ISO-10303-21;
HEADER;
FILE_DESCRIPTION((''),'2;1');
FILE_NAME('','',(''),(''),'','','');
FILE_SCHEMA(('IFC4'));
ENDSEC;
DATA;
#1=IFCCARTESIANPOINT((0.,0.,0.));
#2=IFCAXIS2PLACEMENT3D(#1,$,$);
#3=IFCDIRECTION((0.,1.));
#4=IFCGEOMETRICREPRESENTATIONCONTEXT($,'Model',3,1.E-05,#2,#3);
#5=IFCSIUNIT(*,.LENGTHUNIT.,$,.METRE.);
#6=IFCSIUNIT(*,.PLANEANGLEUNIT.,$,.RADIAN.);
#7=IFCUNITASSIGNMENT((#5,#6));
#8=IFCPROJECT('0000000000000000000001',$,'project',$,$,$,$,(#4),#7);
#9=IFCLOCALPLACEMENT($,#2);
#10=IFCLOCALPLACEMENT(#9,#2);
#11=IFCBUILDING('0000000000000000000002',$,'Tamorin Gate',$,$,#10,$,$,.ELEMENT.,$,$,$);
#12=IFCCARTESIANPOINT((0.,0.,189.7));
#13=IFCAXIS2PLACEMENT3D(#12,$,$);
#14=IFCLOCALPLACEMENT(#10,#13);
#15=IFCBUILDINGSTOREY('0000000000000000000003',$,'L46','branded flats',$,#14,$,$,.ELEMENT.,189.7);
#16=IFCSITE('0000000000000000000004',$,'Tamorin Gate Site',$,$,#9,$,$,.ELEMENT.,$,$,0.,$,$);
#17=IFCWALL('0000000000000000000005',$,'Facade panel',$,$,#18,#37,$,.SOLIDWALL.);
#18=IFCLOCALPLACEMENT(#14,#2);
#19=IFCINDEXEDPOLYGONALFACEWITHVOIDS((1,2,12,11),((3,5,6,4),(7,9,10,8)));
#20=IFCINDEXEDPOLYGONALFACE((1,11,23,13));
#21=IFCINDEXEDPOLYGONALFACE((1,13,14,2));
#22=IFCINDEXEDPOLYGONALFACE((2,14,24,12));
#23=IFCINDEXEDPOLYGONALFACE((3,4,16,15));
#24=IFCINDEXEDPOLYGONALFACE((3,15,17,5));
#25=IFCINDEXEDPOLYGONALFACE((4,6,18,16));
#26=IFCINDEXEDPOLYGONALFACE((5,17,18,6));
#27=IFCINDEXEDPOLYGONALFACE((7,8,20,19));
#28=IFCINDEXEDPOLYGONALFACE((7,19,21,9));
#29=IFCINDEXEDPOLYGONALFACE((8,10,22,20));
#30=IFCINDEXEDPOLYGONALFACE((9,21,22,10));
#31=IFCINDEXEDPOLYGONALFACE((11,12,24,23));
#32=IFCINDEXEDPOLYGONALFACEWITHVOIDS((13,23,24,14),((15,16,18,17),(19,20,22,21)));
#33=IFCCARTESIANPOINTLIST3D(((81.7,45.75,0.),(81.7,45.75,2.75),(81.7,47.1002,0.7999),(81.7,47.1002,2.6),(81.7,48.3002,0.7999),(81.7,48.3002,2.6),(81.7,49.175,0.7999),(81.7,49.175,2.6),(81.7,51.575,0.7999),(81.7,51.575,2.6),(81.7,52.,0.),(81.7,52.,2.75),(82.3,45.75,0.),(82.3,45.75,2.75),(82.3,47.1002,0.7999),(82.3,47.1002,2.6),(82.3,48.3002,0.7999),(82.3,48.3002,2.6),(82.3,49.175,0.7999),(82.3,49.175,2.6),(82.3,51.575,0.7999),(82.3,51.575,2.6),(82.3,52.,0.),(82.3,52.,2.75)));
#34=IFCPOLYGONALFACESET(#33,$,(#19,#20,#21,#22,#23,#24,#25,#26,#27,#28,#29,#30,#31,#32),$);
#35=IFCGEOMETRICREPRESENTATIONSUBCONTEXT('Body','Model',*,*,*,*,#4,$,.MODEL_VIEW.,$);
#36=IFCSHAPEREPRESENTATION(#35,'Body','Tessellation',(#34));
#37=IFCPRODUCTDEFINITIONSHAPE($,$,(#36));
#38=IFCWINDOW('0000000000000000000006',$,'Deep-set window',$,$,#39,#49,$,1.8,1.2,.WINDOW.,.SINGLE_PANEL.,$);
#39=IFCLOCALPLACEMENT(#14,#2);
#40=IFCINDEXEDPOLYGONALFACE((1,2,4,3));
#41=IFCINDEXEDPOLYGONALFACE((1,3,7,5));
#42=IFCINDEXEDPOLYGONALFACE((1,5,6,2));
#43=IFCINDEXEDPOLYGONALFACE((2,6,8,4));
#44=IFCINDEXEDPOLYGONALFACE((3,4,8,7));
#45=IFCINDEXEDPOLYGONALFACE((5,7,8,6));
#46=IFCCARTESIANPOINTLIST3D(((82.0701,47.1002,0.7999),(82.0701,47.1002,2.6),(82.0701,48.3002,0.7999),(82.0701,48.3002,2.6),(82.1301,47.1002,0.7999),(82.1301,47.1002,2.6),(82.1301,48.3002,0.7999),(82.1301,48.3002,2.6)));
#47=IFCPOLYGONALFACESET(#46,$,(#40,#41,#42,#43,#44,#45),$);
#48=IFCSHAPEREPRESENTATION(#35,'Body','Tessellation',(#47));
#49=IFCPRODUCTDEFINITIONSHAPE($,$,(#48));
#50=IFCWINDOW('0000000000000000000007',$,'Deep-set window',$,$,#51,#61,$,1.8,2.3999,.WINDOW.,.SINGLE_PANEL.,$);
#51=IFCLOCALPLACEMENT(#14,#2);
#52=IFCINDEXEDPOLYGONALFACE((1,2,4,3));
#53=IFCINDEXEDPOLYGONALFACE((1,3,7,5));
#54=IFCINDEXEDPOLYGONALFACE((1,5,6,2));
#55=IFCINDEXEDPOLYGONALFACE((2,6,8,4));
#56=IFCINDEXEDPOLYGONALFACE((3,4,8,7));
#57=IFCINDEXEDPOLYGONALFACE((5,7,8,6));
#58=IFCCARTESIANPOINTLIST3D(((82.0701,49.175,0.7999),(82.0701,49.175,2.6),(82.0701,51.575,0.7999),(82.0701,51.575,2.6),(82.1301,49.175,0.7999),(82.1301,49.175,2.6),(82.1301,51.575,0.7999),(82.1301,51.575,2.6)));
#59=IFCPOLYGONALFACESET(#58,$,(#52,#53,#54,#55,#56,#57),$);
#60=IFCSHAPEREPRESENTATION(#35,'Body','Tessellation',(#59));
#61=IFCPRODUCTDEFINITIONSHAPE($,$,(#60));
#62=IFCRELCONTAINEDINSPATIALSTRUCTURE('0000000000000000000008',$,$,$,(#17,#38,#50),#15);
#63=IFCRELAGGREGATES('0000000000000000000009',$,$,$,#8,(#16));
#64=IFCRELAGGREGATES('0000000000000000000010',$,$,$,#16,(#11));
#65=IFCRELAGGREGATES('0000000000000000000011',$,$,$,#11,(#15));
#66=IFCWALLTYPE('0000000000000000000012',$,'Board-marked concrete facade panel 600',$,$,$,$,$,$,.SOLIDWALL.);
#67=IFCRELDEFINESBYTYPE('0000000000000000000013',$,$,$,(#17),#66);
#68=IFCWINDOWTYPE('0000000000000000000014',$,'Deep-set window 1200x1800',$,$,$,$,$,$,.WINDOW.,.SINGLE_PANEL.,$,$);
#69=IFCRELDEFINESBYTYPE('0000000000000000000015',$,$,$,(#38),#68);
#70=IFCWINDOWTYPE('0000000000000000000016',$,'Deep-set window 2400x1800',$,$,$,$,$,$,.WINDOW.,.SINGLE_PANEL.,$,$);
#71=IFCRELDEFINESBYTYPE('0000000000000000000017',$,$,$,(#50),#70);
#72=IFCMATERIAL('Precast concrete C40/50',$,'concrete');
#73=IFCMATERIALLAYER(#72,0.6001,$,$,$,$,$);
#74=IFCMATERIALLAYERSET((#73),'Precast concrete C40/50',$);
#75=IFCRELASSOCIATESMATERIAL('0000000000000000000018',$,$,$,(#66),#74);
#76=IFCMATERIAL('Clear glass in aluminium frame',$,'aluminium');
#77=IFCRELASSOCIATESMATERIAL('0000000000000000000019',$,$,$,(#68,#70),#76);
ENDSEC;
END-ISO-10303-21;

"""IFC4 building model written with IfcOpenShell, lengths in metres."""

from ifc_helpers import new_model, si_unit, direction, frame, frame_2d, origin, place, context, subcontext, project, spatial, rectangle, extrude, material, layer, layer_set, type_object, element, fill, save


model = new_model("IFC4")

# Units and contexts
model_context = context("Model", 3, precision=1e-05, world=origin(), true_north=direction((0.0, 1.0)))
body_context = subcontext(model_context, "Body", "Model", "MODEL_VIEW")
ifc_project = project(units=[si_unit("LENGTHUNIT", "METRE"), si_unit("PLANEANGLEUNIT", "RADIAN")], contexts=[model_context])

# Site, building, storey
site_placement = place(None, origin())
site = spatial("IfcSite", under=ifc_project, at=site_placement, Name="Tamorin Gate Site", CompositionType="ELEMENT", RefElevation=0.0)
building_placement = place(site_placement, origin())
building = spatial("IfcBuilding", under=site, at=building_placement, Name="Tamorin Gate", CompositionType="ELEMENT")
storey_placement = place(building_placement, frame((0.0, 0.0, 189.7)))
storey = spatial("IfcBuildingStorey", under=building, at=storey_placement, Name="L46", Description="branded flats", CompositionType="ELEMENT", Elevation=189.7)

# Shared definitions
ifc_material_1 = material(Name="Precast concrete C40/50", Category="concrete")
ifc_layer = layer(ifc_material_1, 0.6001)
ifc_layer_set = layer_set([ifc_layer], Name="Precast concrete C40/50")
wall_type = type_object("IfcWallType", Name="Board-marked concrete facade panel 600", PredefinedType="SOLIDWALL", material=ifc_layer_set)
ifc_material_2 = material(Name="Clear glass in aluminium frame", Category="aluminium")
window_type_1 = type_object("IfcWindowType", Name="Deep-set window 1200x1800", PartitioningType="SINGLE_PANEL", PredefinedType="WINDOW", material=ifc_material_2)
window_type_2 = type_object("IfcWindowType", Name="Deep-set window 2400x1800", PartitioningType="SINGLE_PANEL", PredefinedType="WINDOW", material=ifc_material_2)

# Wall, openings, windows
wall_1_placement = place(storey_placement, frame((82.0, 45.75, 0.0), z_axis=(0.0, 0.0, 1.0), x_axis=(0.0, 1.0, 0.0)))
wall_1 = element("IfcWall", 1, at=wall_1_placement, inside=storey, type_object=wall_type, Name="Facade panel", PredefinedType="SOLIDWALL", context=body_context, shape_type="SweptSolid", body=[
    extrude(rectangle(XDim=6.25, YDim=0.6001, at=frame_2d((3.125, 0.0))), origin(), (0.0, 0.0, 1.0), 2.75),
])
opening_1_placement = place(wall_1_placement, frame((1.3501, 0.0, 0.8)))
opening_1 = element("IfcOpeningElement", 2, at=opening_1_placement, cuts=wall_1, PredefinedType="OPENING", context=body_context, shape_type="SweptSolid", body=[
    extrude(rectangle(XDim=1.2, YDim=1.8, at=frame_2d((0.6001, 0.8999))), frame((0.0, 0.3101, 0.0), z_axis=(0.0, -1.0, 0.0), x_axis=(1.0, 0.0, 0.0)), (0.0, 0.0, 1.0), 0.6201),
])
opening_2_placement = place(wall_1_placement, frame((3.425, 0.0, 0.8)))
opening_2 = element("IfcOpeningElement", 3, at=opening_2_placement, cuts=wall_1, PredefinedType="OPENING", context=body_context, shape_type="SweptSolid", body=[
    extrude(rectangle(XDim=2.3999, YDim=1.8, at=frame_2d((1.2, 0.8999))), frame((0.0, 0.3101, 0.0), z_axis=(0.0, -1.0, 0.0), x_axis=(1.0, 0.0, 0.0)), (0.0, 0.0, 1.0), 0.6201),
])
window_1_placement = place(opening_1_placement, origin())
window_1 = element("IfcWindow", 4, at=window_1_placement, inside=storey, type_object=window_type_1, Name="Deep-set window", OverallHeight=1.8, OverallWidth=1.2, PartitioningType="SINGLE_PANEL", PredefinedType="WINDOW", context=body_context, shape_type="SweptSolid", body=[
    extrude(rectangle(XDim=1.2, YDim=1.8, at=frame_2d((0.6001, 0.8999))), frame((0.0, -0.0701, 0.0), z_axis=(0.0, -1.0, 0.0), x_axis=(1.0, 0.0, 0.0)), (0.0, 0.0, 1.0), 0.0601),
])
fill(opening_1, window_1)
window_2_placement = place(opening_2_placement, origin())
window_2 = element("IfcWindow", 5, at=window_2_placement, inside=storey, type_object=window_type_2, Name="Deep-set window", OverallHeight=1.8, OverallWidth=2.3999, PartitioningType="SINGLE_PANEL", PredefinedType="WINDOW", context=body_context, shape_type="SweptSolid", body=[
    extrude(rectangle(XDim=2.3999, YDim=1.8, at=frame_2d((1.2, 0.8999))), frame((0.0, -0.0701, 0.0), z_axis=(0.0, -1.0, 0.0), x_axis=(1.0, 0.0, 0.0)), (0.0, 0.0, 1.0), 0.0601),
])
fill(opening_2, window_2)

save(model, "model.ifc")
